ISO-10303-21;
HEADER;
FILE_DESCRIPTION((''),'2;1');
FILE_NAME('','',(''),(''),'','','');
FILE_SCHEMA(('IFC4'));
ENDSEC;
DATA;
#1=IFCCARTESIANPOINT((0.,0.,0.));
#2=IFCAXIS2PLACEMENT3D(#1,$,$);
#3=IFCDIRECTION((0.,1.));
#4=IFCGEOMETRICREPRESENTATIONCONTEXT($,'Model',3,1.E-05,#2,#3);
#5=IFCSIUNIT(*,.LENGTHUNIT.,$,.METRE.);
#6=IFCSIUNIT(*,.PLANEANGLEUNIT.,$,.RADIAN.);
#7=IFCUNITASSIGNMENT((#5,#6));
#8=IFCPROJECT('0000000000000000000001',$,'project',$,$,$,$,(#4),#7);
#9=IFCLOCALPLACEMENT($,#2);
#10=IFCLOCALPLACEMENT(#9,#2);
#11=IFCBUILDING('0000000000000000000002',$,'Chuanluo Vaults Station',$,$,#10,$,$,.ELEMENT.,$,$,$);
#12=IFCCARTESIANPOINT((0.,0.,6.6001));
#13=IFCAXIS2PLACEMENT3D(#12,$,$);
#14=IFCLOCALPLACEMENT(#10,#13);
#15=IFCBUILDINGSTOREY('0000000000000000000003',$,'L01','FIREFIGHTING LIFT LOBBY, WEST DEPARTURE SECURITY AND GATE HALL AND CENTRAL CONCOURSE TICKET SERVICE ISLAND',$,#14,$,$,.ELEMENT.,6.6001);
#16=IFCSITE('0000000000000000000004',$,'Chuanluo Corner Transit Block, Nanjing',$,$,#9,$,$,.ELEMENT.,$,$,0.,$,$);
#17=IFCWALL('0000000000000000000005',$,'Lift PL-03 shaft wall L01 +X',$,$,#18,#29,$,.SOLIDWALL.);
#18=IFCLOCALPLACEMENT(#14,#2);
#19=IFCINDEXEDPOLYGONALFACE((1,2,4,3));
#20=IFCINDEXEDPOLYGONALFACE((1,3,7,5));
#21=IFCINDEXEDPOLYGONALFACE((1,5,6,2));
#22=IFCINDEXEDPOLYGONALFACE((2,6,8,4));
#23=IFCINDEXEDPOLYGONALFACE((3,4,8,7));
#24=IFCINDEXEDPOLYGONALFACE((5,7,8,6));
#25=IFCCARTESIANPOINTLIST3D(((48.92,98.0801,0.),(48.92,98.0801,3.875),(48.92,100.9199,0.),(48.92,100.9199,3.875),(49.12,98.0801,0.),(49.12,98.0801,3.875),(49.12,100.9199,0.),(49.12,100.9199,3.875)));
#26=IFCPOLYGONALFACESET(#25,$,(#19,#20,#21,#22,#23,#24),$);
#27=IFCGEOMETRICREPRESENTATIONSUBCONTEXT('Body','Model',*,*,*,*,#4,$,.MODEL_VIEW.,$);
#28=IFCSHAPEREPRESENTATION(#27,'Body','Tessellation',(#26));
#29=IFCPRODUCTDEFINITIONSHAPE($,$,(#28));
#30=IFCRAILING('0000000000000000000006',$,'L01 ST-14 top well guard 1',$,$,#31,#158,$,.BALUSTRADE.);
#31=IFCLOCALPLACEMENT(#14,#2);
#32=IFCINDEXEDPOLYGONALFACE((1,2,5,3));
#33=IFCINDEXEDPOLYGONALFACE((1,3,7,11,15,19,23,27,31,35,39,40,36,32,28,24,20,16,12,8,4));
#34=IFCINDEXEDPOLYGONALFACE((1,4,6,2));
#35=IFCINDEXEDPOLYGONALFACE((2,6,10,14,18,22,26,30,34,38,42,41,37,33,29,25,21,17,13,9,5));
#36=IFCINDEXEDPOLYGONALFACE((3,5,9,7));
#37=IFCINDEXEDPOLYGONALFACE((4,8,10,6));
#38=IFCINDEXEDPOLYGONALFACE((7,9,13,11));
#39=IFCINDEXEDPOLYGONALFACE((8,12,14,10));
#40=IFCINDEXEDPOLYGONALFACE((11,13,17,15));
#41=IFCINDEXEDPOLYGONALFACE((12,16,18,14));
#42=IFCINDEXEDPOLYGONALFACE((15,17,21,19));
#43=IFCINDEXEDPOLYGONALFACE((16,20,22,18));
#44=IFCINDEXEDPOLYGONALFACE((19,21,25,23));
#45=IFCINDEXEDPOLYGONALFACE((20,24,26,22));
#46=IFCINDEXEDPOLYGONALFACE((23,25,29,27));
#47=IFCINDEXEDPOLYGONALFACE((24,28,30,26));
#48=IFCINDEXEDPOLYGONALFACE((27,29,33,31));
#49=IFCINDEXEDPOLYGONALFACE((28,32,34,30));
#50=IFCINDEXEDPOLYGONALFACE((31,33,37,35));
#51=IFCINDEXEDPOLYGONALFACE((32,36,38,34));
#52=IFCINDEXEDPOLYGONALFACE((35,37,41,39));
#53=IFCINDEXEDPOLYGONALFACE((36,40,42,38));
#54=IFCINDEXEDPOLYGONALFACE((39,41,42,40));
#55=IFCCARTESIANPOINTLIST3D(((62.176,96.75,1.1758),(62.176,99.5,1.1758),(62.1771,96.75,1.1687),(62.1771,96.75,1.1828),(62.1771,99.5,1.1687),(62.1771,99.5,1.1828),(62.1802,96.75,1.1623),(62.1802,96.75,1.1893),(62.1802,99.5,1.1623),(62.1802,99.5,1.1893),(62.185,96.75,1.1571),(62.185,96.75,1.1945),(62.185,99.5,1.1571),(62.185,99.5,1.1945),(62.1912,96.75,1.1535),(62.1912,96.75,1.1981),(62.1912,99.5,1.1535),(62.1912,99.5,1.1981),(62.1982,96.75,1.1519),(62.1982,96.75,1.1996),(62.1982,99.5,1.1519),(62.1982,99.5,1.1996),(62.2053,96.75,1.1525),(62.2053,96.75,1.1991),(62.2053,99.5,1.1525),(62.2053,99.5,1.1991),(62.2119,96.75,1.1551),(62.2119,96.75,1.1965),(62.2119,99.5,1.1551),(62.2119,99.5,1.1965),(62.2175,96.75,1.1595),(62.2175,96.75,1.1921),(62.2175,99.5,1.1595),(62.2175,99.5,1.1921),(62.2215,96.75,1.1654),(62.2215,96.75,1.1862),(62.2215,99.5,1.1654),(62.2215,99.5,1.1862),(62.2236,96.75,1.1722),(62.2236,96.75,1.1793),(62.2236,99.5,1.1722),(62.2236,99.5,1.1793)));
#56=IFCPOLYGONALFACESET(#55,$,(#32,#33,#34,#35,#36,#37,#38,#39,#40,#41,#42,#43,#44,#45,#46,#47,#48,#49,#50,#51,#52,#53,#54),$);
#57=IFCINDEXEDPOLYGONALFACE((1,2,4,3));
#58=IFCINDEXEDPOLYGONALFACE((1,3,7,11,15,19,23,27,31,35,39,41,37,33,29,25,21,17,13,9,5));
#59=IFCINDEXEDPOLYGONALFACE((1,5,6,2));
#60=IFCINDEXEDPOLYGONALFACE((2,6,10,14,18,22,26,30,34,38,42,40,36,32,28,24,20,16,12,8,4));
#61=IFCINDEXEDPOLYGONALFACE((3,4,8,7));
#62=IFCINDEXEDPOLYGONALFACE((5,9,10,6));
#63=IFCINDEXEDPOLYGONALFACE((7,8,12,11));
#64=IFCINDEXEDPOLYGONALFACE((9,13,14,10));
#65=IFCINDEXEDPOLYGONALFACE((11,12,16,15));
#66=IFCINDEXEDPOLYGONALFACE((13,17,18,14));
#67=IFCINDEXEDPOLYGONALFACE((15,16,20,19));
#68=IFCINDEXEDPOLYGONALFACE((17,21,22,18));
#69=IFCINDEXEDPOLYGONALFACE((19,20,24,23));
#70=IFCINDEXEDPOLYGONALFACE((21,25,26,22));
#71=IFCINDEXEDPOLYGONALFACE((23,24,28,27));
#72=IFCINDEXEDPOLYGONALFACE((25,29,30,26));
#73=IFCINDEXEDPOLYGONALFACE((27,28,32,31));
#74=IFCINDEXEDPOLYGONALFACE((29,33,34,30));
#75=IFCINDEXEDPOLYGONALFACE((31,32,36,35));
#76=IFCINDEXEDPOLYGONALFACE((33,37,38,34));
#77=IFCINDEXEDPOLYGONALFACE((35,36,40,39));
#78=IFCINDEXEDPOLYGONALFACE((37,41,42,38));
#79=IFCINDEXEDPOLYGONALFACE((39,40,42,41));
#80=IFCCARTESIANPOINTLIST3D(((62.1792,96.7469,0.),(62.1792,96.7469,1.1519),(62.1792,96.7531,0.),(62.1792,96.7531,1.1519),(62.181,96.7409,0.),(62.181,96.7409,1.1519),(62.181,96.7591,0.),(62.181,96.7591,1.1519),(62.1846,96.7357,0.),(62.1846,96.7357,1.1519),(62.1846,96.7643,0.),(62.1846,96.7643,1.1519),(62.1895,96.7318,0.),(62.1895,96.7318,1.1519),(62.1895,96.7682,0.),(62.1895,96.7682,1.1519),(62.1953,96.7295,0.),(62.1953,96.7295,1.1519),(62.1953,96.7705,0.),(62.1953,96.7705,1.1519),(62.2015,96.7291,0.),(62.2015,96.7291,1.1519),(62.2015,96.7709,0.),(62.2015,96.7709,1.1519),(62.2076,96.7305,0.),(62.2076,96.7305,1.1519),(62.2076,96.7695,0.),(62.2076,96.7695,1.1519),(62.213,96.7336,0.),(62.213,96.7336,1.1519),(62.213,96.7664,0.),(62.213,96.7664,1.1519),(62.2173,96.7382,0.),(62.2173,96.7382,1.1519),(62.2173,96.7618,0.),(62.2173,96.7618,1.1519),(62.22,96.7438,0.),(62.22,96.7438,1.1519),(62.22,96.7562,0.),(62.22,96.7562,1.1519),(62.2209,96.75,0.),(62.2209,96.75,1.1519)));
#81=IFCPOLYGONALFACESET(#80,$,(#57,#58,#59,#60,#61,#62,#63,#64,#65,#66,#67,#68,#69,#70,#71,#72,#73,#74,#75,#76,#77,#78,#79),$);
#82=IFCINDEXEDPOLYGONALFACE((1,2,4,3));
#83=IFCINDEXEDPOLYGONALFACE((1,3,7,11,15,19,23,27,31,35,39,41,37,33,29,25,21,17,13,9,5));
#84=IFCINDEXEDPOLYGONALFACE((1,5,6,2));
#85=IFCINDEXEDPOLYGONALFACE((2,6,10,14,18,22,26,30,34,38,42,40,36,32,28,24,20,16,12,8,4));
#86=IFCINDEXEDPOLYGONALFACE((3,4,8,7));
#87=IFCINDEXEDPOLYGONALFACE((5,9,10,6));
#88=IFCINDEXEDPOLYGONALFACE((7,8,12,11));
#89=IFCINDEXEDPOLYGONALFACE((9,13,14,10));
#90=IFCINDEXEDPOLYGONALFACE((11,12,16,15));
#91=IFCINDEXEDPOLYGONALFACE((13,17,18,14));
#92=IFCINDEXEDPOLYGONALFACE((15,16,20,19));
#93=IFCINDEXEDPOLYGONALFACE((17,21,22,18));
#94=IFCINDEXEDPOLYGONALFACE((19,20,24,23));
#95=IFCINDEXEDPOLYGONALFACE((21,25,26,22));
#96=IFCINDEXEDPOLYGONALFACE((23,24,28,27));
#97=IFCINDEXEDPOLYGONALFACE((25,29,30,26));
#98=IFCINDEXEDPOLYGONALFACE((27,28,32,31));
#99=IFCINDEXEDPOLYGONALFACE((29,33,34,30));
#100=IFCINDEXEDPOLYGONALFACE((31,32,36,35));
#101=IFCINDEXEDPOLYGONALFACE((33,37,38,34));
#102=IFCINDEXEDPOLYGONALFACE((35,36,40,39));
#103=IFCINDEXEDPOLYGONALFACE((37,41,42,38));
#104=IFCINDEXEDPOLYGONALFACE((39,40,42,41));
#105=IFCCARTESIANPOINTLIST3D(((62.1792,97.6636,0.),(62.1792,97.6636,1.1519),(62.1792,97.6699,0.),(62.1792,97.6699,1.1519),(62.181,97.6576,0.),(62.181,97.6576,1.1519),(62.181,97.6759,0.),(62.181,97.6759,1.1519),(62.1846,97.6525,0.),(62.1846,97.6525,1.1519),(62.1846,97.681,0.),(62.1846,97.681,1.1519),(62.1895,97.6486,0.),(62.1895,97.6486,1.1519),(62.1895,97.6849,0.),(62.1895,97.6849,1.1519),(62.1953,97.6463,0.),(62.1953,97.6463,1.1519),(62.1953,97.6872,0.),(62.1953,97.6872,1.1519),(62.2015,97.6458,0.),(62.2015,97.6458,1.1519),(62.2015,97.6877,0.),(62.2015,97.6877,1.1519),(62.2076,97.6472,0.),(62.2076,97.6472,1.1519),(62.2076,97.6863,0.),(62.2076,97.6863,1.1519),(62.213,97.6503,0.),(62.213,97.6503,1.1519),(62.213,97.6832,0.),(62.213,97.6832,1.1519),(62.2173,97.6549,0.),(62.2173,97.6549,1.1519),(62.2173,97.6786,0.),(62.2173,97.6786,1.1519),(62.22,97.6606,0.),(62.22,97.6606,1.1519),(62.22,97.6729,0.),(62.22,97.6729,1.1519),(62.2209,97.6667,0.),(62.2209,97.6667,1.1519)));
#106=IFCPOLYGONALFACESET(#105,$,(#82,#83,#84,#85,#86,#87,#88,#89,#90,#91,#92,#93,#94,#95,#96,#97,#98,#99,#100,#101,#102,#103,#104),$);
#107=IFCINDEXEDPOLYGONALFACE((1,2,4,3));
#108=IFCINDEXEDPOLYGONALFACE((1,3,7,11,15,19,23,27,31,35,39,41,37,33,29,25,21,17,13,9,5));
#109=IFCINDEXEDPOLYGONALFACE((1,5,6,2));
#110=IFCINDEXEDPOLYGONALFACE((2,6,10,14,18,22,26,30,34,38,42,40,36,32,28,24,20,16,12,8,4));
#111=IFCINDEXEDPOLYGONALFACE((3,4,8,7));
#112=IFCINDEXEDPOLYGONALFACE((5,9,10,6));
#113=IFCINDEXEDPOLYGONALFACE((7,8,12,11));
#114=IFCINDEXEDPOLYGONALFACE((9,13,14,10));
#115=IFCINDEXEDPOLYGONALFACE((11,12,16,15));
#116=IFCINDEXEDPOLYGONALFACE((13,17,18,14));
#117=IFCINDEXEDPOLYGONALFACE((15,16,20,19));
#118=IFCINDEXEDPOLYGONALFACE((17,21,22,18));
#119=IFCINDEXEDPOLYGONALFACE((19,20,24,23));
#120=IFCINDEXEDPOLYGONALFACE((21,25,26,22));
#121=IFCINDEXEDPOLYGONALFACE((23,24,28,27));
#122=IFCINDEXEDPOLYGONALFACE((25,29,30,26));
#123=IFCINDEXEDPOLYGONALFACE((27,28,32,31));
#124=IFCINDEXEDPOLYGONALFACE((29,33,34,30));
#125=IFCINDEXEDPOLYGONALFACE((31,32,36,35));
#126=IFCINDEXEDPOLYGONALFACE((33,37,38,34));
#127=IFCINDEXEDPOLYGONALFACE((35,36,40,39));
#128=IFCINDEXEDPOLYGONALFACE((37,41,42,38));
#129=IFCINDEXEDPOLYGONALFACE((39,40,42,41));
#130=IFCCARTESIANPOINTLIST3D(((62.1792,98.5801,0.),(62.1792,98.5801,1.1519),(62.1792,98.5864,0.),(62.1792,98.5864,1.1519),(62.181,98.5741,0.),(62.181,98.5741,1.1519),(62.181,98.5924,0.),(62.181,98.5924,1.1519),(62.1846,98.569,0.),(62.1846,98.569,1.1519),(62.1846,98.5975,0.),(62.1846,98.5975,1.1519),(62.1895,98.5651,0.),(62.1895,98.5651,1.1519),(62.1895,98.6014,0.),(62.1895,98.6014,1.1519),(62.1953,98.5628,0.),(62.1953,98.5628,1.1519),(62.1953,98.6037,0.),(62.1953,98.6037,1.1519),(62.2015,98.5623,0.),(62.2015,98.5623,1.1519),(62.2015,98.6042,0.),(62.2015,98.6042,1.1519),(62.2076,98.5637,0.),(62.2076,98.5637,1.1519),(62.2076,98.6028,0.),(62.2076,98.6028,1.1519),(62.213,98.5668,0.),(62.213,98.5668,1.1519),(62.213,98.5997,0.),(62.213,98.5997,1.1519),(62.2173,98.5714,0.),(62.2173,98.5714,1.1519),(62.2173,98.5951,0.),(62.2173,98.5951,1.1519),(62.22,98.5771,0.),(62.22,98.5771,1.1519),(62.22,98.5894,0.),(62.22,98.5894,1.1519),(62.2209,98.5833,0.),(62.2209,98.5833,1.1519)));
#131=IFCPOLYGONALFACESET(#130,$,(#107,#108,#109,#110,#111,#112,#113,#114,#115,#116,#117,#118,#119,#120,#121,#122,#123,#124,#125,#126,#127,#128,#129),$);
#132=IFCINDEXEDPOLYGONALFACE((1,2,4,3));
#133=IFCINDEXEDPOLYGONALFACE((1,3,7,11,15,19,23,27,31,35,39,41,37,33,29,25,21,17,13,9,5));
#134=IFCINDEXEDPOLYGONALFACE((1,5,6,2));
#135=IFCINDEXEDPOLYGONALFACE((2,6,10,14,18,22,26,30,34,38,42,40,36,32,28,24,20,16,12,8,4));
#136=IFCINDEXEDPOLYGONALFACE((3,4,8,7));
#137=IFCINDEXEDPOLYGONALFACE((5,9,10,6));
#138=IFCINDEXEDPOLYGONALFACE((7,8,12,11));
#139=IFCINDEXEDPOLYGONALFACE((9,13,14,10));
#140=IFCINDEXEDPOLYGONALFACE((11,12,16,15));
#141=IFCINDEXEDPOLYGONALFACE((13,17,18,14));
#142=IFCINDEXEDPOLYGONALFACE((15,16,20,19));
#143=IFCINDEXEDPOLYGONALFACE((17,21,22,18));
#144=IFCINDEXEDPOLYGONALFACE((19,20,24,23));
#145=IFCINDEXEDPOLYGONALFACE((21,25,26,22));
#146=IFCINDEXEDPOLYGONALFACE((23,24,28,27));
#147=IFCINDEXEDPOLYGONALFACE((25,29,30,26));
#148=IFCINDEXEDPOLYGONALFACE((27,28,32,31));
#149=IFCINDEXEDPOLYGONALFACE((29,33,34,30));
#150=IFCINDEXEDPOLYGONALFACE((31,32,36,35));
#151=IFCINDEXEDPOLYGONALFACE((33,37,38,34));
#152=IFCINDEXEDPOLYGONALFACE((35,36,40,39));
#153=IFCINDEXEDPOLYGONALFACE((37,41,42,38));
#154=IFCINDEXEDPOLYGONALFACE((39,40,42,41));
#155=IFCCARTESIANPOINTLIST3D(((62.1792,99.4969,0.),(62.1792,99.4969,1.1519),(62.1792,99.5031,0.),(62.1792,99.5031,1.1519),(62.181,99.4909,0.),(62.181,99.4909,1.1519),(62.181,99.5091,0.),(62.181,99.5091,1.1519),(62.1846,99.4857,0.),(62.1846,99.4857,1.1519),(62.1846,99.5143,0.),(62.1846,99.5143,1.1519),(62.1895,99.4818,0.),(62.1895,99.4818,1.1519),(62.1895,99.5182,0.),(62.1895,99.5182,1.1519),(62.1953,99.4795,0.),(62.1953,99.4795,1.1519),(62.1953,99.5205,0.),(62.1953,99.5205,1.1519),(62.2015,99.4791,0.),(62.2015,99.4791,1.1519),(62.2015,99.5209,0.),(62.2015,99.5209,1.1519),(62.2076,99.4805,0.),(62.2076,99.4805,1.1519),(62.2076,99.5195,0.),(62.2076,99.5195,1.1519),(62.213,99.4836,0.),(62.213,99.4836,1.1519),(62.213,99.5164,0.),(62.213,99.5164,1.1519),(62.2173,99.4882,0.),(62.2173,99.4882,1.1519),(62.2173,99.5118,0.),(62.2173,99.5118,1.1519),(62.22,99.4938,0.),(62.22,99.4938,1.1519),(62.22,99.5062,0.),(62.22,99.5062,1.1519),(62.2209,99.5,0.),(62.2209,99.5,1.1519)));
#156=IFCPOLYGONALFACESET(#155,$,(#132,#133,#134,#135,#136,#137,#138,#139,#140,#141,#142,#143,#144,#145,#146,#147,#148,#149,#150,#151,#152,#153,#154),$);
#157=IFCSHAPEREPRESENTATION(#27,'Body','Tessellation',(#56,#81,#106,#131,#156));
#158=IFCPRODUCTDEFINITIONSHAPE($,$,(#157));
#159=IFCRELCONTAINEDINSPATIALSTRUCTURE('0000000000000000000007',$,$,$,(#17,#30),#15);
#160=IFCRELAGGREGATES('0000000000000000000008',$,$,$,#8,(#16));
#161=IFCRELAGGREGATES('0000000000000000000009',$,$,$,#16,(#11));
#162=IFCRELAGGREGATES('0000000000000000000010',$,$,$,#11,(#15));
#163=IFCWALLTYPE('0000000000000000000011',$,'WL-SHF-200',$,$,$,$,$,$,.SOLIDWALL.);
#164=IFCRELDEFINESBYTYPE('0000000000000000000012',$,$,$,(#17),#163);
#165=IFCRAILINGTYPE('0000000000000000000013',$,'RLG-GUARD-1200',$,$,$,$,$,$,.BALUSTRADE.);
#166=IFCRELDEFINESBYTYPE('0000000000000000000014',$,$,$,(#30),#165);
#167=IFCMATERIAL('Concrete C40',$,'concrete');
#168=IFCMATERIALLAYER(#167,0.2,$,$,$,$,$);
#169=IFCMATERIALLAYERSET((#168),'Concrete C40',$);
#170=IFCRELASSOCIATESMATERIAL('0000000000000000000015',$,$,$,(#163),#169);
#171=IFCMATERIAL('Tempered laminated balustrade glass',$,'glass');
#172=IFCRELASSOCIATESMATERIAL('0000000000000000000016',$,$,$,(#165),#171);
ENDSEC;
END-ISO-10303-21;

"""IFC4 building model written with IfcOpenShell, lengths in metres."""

from ifc_helpers import new_model, si_unit, direction, frame, frame_2d, origin, origin_2d, place, context, subcontext, project, spatial, rectangle, circle, extrude, material, layer, layer_set, type_object, element, save


model = new_model("IFC4")

# Units and contexts
model_context = context("Model", 3, precision=1e-05, world=origin(), true_north=direction((0.0, 1.0)))
body_context = subcontext(model_context, "Body", "Model", "MODEL_VIEW")
ifc_project = project(units=[si_unit("LENGTHUNIT", "METRE"), si_unit("PLANEANGLEUNIT", "RADIAN")], contexts=[model_context])

# Site, building, storey
site_placement = place(None, origin())
site = spatial("IfcSite", under=ifc_project, at=site_placement, Name="Chuanluo Corner Transit Block, Nanjing", CompositionType="ELEMENT", RefElevation=0.0)
building_placement = place(site_placement, origin())
building = spatial("IfcBuilding", under=site, at=building_placement, Name="Chuanluo Vaults Station", CompositionType="ELEMENT")
storey_placement = place(building_placement, frame((0.0, 0.0, 6.6001)))
storey = spatial("IfcBuildingStorey", under=building, at=storey_placement, Name="L01", Description="FIREFIGHTING LIFT LOBBY, WEST DEPARTURE SECURITY AND GATE HALL AND CENTRAL CONCOURSE TICKET SERVICE ISLAND", CompositionType="ELEMENT", Elevation=6.6001)

# Shared definitions
ifc_material_1 = material(Name="Concrete C40", Category="concrete")
ifc_layer_1 = layer(ifc_material_1, 0.2)
ifc_layer_set_1 = layer_set([ifc_layer_1], Name="Concrete C40")
wall_type = type_object("IfcWallType", Name="WL-SHF-200", PredefinedType="SOLIDWALL", material=ifc_layer_set_1)

# Wall
wall_1_placement = place(storey_placement, frame((49.02, 98.0801, 0.0), z_axis=(0.0, 0.0, 1.0), x_axis=(0.0, 1.0, 0.0)))
element("IfcWall", 1, at=wall_1_placement, inside=storey, type_object=wall_type, Name="Lift PL-03 shaft wall L01 +X", PredefinedType="SOLIDWALL", context=body_context, shape_type="SweptSolid", body=[
    extrude(rectangle(XDim=2.8398, YDim=0.2, at=frame_2d((1.4199, 0.0))), origin(), (0.0, 0.0, 1.0), 3.875),
])

# Railing
ifc_material_2 = material(Name="Tempered laminated balustrade glass", Category="glass")
railing_type = type_object("IfcRailingType", Name="RLG-GUARD-1200", PredefinedType="BALUSTRADE", material=ifc_material_2)
railing_placement = place(storey_placement, frame((62.2, 96.75, 0.0)))
element("IfcRailing", 2, at=railing_placement, inside=storey, type_object=railing_type, Name="L01 ST-14 top well guard 1", PredefinedType="BALUSTRADE", context=body_context, shape_type="SweptSolid", body=[
    extrude(circle(Radius=0.0239, at=origin_2d()), frame((0.0, 0.0, 1.1758), z_axis=(0.0, 1.0, 0.0), x_axis=(-1.0, 0.0, 0.0)), (0.0, 0.0, 1.0), 2.75),
    extrude(circle(Radius=0.021, at=origin_2d()), origin(), (0.0, 0.0, 1.0), 1.1519),
    extrude(circle(Radius=0.021, at=origin_2d()), frame((0.0, 0.9167, 0.0)), (0.0, 0.0, 1.0), 1.1519),
    extrude(circle(Radius=0.021, at=origin_2d()), frame((0.0, 1.8333, 0.0)), (0.0, 0.0, 1.0), 1.1519),
    extrude(circle(Radius=0.021, at=origin_2d()), frame((0.0, 2.75, 0.0)), (0.0, 0.0, 1.0), 1.1519),
])

save(model, "model.ifc")
